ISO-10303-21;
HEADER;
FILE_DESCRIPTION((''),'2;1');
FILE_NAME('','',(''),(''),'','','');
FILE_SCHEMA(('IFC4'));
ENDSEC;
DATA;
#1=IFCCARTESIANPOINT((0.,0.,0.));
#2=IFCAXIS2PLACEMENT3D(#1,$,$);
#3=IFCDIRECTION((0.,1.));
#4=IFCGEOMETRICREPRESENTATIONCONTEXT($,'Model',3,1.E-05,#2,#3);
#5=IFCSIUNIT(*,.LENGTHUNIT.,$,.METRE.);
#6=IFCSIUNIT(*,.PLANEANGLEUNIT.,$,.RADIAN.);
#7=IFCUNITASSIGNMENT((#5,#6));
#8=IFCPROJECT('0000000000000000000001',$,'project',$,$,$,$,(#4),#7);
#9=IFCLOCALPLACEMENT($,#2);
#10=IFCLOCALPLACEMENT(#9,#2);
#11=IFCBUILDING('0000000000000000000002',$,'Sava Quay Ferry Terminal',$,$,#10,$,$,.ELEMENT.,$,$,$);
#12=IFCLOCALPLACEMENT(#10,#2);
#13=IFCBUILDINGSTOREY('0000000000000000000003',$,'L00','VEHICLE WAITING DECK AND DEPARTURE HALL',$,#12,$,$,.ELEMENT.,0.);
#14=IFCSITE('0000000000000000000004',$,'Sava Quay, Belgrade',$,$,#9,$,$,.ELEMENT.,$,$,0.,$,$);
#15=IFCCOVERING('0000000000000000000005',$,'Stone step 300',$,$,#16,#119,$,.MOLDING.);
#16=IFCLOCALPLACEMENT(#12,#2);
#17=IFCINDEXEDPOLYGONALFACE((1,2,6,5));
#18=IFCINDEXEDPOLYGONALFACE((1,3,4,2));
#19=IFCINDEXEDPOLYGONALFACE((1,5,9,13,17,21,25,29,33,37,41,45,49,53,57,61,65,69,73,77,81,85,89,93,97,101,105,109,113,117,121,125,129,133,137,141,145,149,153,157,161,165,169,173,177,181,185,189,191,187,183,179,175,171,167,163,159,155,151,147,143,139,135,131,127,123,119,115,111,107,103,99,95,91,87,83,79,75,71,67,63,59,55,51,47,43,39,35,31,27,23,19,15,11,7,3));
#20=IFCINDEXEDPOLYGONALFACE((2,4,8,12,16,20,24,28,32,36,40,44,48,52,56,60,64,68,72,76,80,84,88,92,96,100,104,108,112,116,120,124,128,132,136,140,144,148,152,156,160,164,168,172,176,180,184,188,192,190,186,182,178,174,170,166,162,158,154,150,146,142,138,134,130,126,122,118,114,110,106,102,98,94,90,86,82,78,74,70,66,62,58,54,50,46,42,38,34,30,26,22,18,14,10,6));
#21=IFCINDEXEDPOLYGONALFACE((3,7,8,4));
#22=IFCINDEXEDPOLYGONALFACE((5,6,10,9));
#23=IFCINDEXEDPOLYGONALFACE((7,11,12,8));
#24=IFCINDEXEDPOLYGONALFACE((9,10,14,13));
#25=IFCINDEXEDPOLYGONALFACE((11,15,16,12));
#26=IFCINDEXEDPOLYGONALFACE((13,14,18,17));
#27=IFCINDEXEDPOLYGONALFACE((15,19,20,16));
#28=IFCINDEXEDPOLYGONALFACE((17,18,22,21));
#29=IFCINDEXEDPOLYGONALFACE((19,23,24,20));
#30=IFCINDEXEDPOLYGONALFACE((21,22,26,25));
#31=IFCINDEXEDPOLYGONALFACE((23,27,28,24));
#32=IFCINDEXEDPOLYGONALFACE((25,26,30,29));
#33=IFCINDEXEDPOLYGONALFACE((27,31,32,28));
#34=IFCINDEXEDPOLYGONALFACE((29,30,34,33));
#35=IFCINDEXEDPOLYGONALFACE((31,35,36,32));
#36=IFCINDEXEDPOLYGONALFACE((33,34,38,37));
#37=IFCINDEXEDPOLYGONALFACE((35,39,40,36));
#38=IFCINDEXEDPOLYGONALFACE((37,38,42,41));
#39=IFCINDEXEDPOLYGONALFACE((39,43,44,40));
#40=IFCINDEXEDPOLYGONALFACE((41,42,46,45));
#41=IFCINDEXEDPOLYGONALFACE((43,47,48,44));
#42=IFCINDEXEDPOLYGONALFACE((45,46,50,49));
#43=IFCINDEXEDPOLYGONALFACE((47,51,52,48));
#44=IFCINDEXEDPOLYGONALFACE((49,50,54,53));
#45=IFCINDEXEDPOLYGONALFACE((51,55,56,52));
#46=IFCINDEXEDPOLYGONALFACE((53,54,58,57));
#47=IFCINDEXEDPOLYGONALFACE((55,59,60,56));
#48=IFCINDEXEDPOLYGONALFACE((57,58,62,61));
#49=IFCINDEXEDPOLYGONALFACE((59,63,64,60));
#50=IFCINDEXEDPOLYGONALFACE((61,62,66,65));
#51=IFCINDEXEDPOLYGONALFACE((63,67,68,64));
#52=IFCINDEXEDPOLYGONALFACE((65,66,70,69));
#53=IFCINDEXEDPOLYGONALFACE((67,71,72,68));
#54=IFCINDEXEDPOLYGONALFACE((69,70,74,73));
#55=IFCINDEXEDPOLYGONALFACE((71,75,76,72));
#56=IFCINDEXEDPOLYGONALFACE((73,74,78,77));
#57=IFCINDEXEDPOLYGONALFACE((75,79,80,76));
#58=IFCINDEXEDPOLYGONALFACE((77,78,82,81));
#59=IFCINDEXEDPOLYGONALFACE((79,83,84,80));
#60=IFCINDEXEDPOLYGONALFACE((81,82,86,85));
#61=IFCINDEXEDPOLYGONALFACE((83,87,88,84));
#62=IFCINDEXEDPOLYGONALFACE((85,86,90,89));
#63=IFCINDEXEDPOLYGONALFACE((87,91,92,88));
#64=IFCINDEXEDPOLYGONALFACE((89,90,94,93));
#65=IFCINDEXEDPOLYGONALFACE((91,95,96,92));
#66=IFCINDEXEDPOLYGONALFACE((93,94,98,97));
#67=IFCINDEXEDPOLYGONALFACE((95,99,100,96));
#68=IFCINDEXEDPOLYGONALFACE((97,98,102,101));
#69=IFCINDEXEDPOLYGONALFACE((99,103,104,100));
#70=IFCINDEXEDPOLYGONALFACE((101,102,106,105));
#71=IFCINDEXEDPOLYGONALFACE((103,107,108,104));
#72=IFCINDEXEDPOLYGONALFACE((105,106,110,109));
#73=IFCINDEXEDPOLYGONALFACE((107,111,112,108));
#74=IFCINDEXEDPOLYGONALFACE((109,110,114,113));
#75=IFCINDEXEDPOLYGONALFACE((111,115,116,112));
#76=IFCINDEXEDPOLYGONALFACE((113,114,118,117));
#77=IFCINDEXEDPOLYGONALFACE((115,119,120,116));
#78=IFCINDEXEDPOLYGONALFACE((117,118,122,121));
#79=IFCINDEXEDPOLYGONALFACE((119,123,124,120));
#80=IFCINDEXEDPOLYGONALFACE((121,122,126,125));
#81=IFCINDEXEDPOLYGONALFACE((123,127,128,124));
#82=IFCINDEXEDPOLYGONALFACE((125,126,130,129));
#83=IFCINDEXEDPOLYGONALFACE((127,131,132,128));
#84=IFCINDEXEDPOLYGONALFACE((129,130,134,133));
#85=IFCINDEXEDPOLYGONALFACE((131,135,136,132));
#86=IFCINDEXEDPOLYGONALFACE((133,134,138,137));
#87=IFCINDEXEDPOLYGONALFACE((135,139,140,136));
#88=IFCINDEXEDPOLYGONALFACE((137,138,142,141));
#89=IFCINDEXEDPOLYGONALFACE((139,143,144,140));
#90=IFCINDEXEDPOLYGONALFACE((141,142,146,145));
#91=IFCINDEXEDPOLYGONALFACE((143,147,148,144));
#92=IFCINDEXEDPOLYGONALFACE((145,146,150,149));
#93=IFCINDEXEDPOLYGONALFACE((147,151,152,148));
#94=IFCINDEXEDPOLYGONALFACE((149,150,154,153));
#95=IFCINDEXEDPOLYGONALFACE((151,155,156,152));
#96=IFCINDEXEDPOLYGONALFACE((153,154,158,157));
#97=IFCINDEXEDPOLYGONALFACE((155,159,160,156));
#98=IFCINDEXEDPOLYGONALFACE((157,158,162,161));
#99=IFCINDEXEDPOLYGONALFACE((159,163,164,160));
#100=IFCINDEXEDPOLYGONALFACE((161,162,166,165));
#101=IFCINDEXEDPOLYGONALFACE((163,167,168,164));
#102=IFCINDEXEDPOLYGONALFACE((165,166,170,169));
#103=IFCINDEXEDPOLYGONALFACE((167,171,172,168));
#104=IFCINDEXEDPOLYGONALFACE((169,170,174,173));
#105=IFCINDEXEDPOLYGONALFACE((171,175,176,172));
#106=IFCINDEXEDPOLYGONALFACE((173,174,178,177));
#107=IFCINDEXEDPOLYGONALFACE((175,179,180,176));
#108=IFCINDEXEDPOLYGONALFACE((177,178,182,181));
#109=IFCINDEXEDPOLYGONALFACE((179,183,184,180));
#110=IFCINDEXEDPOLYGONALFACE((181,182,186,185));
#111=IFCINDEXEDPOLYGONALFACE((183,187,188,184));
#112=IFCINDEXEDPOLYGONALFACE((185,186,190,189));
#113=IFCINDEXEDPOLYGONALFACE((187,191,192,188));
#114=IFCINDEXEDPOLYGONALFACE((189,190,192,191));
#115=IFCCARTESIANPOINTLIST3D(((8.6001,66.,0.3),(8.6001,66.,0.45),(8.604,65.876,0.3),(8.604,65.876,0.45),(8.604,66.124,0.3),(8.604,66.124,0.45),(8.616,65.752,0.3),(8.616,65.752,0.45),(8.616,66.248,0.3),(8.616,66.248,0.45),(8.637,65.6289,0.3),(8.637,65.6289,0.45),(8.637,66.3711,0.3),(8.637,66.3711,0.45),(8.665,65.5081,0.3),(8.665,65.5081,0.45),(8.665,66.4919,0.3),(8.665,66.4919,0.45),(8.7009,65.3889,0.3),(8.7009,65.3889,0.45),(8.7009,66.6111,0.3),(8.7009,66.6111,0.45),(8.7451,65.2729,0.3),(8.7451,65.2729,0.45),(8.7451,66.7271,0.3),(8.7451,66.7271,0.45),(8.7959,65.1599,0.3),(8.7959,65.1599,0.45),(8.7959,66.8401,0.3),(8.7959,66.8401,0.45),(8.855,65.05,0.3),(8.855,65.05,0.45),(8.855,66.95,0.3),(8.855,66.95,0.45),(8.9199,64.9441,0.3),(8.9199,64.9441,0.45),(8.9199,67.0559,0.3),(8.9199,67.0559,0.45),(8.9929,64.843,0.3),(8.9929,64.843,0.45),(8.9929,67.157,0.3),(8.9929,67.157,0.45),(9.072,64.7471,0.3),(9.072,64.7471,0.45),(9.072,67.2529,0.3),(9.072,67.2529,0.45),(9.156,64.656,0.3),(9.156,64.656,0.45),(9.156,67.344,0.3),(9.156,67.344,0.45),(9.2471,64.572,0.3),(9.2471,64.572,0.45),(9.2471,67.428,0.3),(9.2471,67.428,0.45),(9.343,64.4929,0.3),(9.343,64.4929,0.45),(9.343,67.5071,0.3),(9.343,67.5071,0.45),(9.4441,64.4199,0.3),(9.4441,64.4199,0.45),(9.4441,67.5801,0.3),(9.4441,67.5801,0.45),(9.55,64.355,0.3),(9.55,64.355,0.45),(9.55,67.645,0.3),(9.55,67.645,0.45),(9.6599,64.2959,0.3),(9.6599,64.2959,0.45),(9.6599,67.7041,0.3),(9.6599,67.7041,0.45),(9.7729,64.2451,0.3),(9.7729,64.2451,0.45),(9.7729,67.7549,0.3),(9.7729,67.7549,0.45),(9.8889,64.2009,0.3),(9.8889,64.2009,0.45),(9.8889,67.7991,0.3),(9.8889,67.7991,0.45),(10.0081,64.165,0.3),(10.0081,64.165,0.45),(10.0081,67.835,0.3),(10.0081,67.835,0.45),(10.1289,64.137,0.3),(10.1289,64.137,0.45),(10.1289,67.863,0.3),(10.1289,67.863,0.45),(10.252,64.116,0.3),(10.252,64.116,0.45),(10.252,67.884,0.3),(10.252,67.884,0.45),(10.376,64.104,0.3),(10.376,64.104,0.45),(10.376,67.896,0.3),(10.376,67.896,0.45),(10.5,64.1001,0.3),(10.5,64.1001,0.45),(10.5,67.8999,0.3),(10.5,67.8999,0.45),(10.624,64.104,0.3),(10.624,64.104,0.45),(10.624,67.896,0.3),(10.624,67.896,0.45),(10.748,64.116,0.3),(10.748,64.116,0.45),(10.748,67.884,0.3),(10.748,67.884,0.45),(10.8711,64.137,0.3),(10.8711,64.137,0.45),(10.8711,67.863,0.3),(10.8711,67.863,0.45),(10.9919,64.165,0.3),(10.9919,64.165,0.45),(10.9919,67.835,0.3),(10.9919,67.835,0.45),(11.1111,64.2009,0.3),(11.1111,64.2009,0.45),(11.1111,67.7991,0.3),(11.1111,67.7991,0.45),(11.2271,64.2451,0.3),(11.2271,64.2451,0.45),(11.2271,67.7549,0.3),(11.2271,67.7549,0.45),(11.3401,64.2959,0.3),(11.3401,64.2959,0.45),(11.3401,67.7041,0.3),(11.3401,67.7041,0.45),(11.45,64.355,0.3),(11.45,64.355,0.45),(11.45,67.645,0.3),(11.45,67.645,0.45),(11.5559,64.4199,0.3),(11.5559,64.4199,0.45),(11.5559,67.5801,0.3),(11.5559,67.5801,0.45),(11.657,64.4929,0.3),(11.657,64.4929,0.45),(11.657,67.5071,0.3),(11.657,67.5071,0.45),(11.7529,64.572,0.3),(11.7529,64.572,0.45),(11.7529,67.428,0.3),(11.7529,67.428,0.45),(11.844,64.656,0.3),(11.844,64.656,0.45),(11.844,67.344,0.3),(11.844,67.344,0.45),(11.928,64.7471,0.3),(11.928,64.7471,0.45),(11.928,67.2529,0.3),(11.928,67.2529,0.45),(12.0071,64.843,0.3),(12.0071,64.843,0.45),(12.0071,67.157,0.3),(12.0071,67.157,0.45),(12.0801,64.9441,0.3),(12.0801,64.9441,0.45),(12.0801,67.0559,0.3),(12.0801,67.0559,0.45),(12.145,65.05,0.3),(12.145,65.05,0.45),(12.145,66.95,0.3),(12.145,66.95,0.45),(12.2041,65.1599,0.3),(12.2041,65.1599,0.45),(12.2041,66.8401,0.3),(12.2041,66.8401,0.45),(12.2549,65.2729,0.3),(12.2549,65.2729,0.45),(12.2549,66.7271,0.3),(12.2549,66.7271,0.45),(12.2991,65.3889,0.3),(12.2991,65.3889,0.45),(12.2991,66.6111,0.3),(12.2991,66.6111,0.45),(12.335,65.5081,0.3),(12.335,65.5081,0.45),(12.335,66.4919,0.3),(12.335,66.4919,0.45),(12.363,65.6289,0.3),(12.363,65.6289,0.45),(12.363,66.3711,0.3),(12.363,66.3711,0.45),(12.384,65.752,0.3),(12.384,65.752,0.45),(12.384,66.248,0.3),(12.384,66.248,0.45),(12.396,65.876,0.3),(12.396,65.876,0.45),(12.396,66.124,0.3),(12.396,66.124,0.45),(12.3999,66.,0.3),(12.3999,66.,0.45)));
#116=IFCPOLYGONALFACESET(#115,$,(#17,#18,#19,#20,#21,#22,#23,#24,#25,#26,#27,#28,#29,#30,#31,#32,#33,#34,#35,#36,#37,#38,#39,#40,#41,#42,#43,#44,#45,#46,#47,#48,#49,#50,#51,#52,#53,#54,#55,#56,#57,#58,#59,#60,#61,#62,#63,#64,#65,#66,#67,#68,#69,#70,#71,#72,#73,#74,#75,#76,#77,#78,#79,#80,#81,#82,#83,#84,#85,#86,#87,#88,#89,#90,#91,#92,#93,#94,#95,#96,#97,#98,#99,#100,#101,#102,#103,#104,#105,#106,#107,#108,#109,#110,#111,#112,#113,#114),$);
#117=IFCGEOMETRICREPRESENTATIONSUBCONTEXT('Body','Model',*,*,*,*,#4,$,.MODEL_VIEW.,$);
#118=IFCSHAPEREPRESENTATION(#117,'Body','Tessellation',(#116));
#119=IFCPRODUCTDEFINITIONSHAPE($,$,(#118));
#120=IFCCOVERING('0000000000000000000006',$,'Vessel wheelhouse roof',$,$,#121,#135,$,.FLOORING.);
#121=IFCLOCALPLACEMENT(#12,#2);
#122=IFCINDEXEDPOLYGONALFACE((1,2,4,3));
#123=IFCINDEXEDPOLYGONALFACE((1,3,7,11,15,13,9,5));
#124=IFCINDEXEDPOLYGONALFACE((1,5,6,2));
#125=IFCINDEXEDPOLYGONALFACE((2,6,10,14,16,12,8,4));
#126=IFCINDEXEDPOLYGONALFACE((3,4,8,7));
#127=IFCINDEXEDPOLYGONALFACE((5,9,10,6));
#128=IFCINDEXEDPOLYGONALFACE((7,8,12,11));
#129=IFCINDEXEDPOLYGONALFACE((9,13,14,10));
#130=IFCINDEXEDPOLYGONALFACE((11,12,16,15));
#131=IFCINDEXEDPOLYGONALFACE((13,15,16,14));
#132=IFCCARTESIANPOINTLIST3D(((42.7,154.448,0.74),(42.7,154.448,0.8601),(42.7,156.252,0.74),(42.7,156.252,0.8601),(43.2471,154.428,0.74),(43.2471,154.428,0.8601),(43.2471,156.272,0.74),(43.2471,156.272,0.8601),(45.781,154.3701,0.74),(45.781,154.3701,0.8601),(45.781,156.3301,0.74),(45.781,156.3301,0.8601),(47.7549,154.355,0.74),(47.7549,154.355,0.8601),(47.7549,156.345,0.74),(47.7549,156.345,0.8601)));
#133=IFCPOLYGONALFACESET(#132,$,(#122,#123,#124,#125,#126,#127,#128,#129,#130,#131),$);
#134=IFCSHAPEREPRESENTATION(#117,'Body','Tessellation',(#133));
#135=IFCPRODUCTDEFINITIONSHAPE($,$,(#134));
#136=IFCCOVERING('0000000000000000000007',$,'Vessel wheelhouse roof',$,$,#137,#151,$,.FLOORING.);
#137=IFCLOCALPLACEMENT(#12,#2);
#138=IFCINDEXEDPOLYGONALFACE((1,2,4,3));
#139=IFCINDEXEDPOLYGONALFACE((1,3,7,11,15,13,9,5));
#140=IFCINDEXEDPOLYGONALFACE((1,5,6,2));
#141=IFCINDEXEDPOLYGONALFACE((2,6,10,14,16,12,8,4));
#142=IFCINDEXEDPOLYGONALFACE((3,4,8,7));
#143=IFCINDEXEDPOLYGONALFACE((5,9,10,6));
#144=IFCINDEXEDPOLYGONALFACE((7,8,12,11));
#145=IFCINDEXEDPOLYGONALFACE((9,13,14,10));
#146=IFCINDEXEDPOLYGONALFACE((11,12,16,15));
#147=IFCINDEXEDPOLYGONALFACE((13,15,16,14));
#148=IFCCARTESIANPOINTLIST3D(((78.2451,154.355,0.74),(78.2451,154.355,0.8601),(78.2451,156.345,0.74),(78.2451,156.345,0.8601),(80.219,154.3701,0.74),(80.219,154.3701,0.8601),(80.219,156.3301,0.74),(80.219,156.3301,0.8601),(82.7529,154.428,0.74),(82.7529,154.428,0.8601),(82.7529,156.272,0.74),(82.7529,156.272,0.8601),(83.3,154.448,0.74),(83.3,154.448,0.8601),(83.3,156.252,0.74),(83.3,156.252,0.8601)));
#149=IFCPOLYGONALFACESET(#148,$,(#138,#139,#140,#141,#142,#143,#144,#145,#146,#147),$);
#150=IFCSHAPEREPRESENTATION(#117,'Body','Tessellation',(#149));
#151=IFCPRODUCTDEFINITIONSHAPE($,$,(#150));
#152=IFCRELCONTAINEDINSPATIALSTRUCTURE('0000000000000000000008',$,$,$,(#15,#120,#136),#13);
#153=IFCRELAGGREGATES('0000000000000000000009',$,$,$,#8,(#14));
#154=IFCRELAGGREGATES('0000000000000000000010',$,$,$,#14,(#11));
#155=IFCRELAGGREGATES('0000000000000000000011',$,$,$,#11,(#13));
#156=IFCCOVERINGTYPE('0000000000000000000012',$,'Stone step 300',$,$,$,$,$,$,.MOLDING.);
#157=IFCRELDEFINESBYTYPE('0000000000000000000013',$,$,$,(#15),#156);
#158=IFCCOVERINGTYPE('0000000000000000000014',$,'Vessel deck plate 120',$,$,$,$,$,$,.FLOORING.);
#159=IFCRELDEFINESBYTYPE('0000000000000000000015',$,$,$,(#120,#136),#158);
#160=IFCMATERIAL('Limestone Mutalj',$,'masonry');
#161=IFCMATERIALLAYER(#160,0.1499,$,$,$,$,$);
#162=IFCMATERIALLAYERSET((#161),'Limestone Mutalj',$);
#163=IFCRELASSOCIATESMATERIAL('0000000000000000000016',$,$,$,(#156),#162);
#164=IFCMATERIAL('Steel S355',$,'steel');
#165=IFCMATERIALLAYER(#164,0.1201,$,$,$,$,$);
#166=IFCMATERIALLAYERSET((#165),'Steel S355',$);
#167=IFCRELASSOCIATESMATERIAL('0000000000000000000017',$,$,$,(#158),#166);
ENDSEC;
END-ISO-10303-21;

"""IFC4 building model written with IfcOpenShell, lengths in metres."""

from ifc_helpers import new_model, si_unit, direction, frame, origin, place, context, subcontext, project, spatial, polyline, outline, extrude, material, layer, layer_set, type_object, element, save


model = new_model("IFC4")

# Units and contexts
model_context = context("Model", 3, precision=1e-05, world=origin(), true_north=direction((0.0, 1.0)))
body_context = subcontext(model_context, "Body", "Model", "MODEL_VIEW")
ifc_project = project(units=[si_unit("LENGTHUNIT", "METRE"), si_unit("PLANEANGLEUNIT", "RADIAN")], contexts=[model_context])

# Site, building, storey
site_placement = place(None, origin())
site = spatial("IfcSite", under=ifc_project, at=site_placement, Name="Sava Quay, Belgrade", CompositionType="ELEMENT", RefElevation=0.0)
building_placement = place(site_placement, origin())
building = spatial("IfcBuilding", under=site, at=building_placement, Name="Sava Quay Ferry Terminal", CompositionType="ELEMENT")
storey_placement = place(building_placement, origin())
storey = spatial("IfcBuildingStorey", under=building, at=storey_placement, Name="L00", Description="VEHICLE WAITING DECK AND DEPARTURE HALL", CompositionType="ELEMENT", Elevation=0.0)

# Coverings
ifc_material_1 = material(Name="Limestone Mutalj", Category="masonry")
ifc_layer_1 = layer(ifc_material_1, 0.1499)
ifc_layer_set_1 = layer_set([ifc_layer_1], Name="Limestone Mutalj")
covering_type_1 = type_object("IfcCoveringType", Name="Stone step 300", PredefinedType="MOLDING", material=ifc_layer_set_1)
covering_1_placement = place(storey_placement, frame((0.0, 0.0, 0.3)))
element("IfcCovering", 1, at=covering_1_placement, inside=storey, type_object=covering_type_1, Name="Stone step 300", PredefinedType="MOLDING", context=body_context, shape_type="SweptSolid", body=[
    extrude(outline(polyline([(12.384, 65.752), (12.396, 65.876), (12.3999, 66.0), (12.396, 66.124), (12.384, 66.248), (12.363, 66.3711), (12.335, 66.4919), (12.2991, 66.6111), (12.2549, 66.7271), (12.2041, 66.8401), (12.145, 66.95), (12.0801, 67.0559), (12.0071, 67.157), (11.928, 67.2529), (11.844, 67.344), (11.7529, 67.428), (11.657, 67.5071), (11.5559, 67.5801), (11.45, 67.645), (11.3401, 67.7041), (11.2271, 67.7549), (11.1111, 67.7991), (10.9919, 67.835), (10.8711, 67.863), (10.748, 67.884), (10.624, 67.896), (10.5, 67.8999), (10.376, 67.896), (10.252, 67.884), (10.1289, 67.863), (10.0081, 67.835), (9.8889, 67.7991), (9.7729, 67.7549), (9.6599, 67.7041), (9.55, 67.645), (9.4441, 67.5801), (9.343, 67.5071), (9.2471, 67.428), (9.156, 67.344), (9.072, 67.2529), (8.9929, 67.157), (8.9199, 67.0559), (8.855, 66.95), (8.7959, 66.8401), (8.7451, 66.7271), (8.7009, 66.6111), (8.665, 66.4919), (8.637, 66.3711), (8.616, 66.248), (8.604, 66.124), (8.6001, 66.0), (8.604, 65.876), (8.616, 65.752), (8.637, 65.6289), (8.665, 65.5081), (8.7009, 65.3889), (8.7451, 65.2729), (8.7959, 65.1599), (8.855, 65.05), (8.9199, 64.9441), (8.9929, 64.843), (9.072, 64.7471), (9.156, 64.656), (9.2471, 64.572), (9.343, 64.4929), (9.4441, 64.4199), (9.55, 64.355), (9.6599, 64.2959), (9.7729, 64.2451), (9.8889, 64.2009), (10.0081, 64.165), (10.1289, 64.137), (10.252, 64.116), (10.376, 64.104), (10.5, 64.1001), (10.624, 64.104), (10.748, 64.116), (10.8711, 64.137), (10.9919, 64.165), (11.1111, 64.2009), (11.2271, 64.2451), (11.3401, 64.2959), (11.45, 64.355), (11.5559, 64.4199), (11.657, 64.4929), (11.7529, 64.572), (11.844, 64.656), (11.928, 64.7471), (12.0071, 64.843), (12.0801, 64.9441), (12.145, 65.05), (12.2041, 65.1599), (12.2549, 65.2729), (12.2991, 65.3889), (12.335, 65.5081), (12.363, 65.6289), (12.384, 65.752)])), origin(), (0.0, 0.0, 1.0), 0.1499),
])
ifc_material_2 = material(Name="Steel S355", Category="steel")
ifc_layer_2 = layer(ifc_material_2, 0.1201)
ifc_layer_set_2 = layer_set([ifc_layer_2], Name="Steel S355")
covering_type_2 = type_object("IfcCoveringType", Name="Vessel deck plate 120", PredefinedType="FLOORING", material=ifc_layer_set_2)
covering_2_placement = place(storey_placement, frame((0.0, 0.0, 0.74)))
element("IfcCovering", 2, at=covering_2_placement, inside=storey, type_object=covering_type_2, Name="Vessel wheelhouse roof", PredefinedType="FLOORING", context=body_context, shape_type="SweptSolid", body=[
    extrude(outline(polyline([(45.781, 156.3301), (43.2471, 156.272), (42.7, 156.252), (42.7, 154.448), (43.2471, 154.428), (45.781, 154.3701), (47.7549, 154.355), (47.7549, 156.345), (45.781, 156.3301)])), origin(), (0.0, 0.0, 1.0), 0.1201),
])
covering_3_placement = place(storey_placement, frame((0.0, 0.0, 0.74)))
element("IfcCovering", 3, at=covering_3_placement, inside=storey, type_object=covering_type_2, Name="Vessel wheelhouse roof", PredefinedType="FLOORING", context=body_context, shape_type="SweptSolid", body=[
    extrude(outline(polyline([(80.219, 156.3301), (78.2451, 156.345), (78.2451, 154.355), (80.219, 154.3701), (82.7529, 154.428), (83.3, 154.448), (83.3, 156.252), (82.7529, 156.272), (80.219, 156.3301)])), origin(), (0.0, 0.0, 1.0), 0.1201),
])

save(model, "model.ifc")
